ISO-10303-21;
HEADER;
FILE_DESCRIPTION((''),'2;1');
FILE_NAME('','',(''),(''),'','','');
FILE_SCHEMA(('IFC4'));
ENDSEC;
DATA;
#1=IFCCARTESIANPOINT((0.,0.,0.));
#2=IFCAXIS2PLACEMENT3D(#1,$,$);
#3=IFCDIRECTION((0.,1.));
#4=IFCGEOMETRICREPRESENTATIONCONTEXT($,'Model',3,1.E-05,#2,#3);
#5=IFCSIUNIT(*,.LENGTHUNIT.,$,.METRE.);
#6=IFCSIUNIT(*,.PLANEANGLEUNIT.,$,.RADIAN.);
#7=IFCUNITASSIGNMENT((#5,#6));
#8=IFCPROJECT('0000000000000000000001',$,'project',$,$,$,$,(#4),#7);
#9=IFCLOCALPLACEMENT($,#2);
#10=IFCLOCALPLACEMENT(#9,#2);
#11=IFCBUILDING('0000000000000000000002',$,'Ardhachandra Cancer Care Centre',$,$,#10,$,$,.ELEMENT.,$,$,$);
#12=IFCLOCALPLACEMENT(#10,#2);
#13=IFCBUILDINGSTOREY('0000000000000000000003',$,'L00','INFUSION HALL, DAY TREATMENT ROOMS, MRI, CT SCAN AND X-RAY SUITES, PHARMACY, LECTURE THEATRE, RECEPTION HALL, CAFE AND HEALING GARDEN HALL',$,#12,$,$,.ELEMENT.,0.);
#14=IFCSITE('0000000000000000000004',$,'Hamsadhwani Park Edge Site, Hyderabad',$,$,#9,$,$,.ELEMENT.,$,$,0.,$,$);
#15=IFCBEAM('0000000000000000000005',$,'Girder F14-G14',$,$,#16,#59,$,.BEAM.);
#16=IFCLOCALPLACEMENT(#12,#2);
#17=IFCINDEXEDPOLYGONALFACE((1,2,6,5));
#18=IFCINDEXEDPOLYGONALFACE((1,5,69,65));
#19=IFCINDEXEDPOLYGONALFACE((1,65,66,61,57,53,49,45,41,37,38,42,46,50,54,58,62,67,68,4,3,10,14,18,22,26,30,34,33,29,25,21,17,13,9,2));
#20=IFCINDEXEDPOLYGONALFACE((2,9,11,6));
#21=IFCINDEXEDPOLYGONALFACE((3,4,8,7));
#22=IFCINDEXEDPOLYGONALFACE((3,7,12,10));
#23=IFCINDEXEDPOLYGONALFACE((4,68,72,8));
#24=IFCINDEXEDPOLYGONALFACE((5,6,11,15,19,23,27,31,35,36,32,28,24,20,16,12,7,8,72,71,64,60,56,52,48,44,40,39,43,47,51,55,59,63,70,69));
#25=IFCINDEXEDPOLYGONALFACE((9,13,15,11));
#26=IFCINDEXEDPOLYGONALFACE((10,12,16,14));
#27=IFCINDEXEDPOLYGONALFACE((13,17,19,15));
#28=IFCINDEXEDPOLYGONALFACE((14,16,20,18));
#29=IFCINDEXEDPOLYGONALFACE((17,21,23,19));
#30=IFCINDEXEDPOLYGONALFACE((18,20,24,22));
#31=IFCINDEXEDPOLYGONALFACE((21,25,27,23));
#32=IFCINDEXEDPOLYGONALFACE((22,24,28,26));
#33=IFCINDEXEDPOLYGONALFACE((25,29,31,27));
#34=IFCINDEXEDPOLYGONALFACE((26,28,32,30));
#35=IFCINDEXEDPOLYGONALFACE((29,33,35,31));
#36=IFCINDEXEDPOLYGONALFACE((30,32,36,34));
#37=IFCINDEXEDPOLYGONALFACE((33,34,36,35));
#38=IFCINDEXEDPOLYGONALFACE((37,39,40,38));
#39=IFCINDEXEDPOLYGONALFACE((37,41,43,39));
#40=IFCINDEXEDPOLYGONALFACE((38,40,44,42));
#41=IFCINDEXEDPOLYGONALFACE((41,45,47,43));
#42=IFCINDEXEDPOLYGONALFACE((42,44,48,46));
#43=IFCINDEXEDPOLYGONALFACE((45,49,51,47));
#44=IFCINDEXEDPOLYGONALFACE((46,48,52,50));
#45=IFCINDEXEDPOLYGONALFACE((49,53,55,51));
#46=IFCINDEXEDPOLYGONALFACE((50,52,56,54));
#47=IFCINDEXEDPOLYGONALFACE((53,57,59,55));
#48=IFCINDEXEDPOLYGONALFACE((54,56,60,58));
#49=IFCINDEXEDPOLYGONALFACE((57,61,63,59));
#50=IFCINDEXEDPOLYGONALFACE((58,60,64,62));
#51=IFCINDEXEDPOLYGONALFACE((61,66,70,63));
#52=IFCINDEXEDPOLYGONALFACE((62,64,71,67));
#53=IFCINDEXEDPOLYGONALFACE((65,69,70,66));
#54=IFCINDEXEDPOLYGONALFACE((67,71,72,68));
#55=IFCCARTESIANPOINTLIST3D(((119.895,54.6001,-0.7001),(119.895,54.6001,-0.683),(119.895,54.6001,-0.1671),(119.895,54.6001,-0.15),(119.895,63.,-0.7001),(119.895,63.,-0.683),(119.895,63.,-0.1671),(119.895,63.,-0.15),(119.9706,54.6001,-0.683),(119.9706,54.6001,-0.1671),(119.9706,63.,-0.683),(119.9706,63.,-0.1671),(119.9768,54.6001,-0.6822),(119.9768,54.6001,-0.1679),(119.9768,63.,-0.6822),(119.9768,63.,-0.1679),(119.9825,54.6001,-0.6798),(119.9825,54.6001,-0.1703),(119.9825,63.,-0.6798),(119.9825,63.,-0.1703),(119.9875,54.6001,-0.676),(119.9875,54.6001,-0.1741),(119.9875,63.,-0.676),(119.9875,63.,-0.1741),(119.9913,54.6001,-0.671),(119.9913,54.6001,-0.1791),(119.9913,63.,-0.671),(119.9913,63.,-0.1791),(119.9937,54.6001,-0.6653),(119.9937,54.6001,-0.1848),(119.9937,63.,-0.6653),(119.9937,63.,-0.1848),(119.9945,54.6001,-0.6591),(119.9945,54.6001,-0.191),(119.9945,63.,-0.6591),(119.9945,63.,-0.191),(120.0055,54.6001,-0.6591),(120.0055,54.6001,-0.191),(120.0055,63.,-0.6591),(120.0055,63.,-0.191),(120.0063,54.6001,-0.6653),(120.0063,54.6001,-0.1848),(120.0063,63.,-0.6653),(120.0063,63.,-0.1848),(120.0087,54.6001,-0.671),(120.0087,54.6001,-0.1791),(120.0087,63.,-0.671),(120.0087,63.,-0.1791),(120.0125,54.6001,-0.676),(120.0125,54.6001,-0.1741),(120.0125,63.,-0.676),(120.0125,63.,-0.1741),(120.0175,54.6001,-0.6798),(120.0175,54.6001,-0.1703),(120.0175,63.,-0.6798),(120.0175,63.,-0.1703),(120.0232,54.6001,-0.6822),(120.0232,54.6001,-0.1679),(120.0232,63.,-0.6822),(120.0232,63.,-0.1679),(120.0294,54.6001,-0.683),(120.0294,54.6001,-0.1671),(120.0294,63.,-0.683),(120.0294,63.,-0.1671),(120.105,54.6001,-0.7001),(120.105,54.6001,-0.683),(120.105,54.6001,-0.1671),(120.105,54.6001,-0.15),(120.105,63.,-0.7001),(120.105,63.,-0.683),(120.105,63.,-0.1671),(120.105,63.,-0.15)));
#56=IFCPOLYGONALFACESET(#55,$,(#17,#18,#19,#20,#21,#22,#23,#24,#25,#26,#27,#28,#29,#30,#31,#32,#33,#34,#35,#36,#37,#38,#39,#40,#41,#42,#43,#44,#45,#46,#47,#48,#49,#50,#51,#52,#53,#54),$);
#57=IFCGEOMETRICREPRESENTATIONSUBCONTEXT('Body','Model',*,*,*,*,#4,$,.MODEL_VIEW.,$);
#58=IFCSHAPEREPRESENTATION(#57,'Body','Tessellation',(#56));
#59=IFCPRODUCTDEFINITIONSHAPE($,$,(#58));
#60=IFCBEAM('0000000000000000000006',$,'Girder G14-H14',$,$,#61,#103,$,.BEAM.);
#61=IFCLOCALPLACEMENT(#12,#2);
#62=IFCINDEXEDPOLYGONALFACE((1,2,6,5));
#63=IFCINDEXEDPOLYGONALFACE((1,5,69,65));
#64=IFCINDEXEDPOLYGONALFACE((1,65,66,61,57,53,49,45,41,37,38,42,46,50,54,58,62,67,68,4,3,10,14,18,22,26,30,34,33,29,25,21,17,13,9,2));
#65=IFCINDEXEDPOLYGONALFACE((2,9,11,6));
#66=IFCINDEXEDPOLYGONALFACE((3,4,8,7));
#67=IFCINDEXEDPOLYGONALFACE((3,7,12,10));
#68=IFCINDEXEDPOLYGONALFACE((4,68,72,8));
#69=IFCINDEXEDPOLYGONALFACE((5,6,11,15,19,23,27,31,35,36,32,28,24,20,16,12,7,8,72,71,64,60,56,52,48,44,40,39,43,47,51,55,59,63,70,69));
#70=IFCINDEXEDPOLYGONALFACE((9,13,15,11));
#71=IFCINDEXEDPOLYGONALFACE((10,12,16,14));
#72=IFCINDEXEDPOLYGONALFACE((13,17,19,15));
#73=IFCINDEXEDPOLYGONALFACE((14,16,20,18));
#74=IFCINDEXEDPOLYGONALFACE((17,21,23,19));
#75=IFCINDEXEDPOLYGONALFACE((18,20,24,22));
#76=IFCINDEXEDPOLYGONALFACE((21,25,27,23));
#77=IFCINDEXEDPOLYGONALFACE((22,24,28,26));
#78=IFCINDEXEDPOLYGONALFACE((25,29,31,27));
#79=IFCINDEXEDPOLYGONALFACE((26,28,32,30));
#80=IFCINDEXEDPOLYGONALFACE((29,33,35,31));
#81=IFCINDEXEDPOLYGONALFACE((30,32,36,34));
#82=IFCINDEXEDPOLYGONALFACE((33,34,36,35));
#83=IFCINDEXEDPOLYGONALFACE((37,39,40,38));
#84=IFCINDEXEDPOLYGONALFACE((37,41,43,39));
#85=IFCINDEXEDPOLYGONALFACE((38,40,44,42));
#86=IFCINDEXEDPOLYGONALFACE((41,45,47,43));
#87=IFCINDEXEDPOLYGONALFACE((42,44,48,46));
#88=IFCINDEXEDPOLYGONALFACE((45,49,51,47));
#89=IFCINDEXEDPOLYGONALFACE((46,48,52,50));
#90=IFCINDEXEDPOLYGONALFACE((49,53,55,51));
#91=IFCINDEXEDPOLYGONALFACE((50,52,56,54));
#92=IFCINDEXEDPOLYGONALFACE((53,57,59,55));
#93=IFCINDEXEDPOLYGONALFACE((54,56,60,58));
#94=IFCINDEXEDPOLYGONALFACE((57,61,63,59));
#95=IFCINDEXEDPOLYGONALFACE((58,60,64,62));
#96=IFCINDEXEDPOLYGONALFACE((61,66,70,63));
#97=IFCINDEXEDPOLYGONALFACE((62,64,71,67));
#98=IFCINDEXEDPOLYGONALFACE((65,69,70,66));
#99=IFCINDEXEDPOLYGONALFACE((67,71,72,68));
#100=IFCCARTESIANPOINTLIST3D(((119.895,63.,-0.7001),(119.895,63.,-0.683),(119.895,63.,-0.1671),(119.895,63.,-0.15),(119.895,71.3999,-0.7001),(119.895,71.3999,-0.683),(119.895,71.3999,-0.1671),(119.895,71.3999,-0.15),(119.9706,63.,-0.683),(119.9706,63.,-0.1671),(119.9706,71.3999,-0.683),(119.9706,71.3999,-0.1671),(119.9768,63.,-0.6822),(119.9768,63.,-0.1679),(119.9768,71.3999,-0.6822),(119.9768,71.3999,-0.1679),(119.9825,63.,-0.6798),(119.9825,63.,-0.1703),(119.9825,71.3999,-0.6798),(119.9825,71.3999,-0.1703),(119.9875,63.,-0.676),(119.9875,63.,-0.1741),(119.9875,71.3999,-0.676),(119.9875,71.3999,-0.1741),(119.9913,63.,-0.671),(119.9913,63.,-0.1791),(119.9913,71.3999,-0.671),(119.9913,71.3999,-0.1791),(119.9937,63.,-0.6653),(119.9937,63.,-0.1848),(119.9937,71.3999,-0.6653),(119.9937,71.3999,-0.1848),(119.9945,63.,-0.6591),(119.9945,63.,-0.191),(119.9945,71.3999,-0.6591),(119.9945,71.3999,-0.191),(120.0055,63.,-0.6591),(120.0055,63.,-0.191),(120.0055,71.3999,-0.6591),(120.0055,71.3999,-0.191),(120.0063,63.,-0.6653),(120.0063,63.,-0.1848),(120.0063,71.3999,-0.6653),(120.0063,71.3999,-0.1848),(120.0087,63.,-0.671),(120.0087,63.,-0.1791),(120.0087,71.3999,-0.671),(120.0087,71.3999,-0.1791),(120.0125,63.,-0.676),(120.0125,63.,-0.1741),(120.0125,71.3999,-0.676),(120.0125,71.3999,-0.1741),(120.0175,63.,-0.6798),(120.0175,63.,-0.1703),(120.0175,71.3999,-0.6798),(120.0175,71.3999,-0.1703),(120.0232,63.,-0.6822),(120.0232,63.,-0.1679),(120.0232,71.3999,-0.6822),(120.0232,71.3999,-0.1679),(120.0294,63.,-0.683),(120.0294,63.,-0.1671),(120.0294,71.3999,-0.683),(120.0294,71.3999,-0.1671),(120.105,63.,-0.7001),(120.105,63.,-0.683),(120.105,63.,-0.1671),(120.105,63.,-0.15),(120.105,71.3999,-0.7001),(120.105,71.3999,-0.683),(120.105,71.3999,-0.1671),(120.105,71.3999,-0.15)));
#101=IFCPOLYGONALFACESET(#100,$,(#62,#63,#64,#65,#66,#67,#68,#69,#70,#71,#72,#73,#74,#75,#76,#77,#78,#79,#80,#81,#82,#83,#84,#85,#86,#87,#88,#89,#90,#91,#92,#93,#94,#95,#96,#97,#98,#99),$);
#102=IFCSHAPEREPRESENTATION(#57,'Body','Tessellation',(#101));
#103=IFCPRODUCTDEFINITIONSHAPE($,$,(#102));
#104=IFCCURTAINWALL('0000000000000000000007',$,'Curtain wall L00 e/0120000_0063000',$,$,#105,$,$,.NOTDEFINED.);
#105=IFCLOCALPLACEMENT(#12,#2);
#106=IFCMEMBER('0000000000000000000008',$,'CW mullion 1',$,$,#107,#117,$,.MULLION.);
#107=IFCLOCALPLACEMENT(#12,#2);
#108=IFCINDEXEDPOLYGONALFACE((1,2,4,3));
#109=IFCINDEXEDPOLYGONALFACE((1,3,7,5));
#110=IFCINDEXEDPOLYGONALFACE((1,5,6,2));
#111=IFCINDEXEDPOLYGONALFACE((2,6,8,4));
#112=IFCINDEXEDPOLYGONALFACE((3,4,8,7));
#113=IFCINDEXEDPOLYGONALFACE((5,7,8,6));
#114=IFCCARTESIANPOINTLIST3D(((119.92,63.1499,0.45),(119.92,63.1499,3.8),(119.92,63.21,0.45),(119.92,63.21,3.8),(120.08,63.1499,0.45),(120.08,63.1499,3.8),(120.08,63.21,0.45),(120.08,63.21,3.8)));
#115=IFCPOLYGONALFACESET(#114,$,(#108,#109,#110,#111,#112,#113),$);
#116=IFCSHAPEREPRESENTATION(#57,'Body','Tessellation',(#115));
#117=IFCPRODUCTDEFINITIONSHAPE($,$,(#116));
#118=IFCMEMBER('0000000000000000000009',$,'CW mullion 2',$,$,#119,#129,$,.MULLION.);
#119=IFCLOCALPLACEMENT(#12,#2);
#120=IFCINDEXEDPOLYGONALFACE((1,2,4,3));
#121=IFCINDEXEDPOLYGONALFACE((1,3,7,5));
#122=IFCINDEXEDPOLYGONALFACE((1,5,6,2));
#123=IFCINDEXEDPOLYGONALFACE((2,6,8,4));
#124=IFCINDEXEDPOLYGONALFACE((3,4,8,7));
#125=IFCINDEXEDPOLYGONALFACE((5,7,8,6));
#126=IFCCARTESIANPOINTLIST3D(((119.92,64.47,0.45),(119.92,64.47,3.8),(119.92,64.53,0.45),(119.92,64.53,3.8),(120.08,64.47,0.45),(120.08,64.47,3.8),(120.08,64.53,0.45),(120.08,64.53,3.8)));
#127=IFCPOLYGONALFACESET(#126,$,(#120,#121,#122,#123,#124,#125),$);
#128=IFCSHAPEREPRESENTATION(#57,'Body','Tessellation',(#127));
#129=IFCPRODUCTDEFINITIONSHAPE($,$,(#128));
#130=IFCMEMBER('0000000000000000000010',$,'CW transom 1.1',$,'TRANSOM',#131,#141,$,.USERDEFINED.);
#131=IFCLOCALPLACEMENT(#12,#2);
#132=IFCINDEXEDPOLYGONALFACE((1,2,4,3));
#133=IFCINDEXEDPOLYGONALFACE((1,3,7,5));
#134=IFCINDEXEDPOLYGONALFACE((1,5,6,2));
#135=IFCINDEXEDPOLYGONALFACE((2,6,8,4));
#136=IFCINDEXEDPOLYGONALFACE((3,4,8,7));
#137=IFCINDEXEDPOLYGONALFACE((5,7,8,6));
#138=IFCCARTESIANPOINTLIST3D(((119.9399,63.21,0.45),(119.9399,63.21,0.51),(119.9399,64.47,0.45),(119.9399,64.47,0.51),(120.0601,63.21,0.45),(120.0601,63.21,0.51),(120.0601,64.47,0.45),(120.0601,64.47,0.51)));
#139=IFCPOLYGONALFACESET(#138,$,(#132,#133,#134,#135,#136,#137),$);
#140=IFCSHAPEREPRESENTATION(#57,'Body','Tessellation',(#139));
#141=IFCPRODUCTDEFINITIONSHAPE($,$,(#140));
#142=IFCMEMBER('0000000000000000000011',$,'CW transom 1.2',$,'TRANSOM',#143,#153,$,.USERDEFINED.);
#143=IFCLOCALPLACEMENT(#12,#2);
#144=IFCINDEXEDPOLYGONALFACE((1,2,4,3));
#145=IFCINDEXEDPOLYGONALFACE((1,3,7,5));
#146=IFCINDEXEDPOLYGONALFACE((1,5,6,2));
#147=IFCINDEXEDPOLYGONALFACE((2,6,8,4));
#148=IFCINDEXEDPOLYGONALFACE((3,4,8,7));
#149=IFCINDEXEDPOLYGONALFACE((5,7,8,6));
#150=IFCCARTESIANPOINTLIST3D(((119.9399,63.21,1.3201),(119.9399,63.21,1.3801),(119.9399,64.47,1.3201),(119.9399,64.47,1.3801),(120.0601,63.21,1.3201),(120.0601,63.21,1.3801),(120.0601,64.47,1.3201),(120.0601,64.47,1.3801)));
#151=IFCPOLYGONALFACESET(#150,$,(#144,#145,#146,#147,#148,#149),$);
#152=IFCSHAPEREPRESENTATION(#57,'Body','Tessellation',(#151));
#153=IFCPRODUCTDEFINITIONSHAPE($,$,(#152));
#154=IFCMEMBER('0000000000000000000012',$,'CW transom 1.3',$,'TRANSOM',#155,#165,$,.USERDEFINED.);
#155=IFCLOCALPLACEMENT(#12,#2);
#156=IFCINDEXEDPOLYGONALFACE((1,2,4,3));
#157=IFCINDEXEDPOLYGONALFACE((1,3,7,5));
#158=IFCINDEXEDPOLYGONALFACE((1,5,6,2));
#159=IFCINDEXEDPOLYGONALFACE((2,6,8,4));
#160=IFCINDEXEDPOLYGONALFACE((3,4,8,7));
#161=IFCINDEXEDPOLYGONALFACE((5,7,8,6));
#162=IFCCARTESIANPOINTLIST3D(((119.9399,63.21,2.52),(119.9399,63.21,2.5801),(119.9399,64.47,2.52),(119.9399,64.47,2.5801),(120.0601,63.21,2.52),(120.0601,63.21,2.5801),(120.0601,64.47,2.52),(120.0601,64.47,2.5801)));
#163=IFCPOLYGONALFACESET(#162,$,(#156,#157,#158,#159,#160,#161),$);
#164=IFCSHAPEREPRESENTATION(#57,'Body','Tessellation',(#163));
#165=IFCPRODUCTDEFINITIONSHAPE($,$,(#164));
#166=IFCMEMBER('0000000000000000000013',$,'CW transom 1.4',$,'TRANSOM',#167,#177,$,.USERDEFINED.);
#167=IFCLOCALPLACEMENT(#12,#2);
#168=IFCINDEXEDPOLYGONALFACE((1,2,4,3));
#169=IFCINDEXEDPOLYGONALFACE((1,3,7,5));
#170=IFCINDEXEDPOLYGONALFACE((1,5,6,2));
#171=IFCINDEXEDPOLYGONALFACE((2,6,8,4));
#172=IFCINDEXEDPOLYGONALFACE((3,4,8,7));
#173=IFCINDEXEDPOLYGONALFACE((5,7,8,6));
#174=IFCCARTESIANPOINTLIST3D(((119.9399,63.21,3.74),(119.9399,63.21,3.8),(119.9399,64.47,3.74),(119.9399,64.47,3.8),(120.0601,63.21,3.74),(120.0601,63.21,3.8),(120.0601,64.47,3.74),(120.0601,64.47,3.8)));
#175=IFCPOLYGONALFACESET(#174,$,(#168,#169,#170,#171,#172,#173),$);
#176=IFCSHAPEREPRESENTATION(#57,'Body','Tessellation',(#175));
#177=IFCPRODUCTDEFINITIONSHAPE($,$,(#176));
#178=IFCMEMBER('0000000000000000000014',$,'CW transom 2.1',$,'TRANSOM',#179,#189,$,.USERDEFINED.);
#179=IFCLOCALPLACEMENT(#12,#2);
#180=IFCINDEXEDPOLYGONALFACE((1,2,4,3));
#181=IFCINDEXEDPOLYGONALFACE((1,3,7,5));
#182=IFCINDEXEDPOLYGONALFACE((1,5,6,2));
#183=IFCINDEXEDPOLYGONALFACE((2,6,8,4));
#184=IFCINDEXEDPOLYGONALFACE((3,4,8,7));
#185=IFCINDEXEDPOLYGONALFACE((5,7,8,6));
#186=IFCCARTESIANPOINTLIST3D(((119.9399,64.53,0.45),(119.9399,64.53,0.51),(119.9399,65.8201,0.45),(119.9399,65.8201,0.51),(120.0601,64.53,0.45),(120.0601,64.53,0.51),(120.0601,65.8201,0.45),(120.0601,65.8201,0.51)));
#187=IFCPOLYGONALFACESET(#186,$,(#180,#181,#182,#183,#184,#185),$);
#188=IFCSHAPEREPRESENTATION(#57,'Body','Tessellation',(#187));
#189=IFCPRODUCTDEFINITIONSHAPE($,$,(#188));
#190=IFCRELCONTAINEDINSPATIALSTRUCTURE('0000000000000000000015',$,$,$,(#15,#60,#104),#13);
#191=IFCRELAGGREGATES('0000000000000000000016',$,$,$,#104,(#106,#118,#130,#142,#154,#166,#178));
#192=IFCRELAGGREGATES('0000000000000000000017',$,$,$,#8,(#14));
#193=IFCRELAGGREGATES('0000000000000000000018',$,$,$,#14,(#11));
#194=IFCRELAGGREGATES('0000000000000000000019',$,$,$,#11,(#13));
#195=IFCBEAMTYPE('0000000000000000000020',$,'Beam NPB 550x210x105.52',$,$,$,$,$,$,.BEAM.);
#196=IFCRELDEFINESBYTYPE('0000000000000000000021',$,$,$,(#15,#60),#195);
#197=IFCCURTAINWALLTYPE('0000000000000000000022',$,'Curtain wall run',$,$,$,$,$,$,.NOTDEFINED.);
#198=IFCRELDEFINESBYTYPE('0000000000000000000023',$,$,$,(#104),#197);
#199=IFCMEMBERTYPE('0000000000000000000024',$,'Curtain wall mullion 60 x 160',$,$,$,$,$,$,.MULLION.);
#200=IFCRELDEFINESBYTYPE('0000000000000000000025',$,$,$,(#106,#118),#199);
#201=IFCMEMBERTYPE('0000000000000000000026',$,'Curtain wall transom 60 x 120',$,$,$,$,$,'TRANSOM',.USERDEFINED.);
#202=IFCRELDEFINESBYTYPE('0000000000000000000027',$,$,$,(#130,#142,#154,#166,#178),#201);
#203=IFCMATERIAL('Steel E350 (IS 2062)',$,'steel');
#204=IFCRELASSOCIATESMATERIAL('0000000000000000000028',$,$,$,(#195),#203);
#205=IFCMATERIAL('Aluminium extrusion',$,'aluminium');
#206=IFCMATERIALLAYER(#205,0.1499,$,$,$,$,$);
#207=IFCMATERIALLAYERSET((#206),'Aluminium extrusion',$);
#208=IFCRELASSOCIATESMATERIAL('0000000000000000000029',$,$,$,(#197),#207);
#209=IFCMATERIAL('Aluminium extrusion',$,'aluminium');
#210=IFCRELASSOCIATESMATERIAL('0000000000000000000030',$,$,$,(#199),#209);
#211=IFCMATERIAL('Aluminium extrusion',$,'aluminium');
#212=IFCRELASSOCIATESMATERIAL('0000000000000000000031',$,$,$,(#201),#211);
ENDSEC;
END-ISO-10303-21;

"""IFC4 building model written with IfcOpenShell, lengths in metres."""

from ifc_helpers import new_model, si_unit, direction, frame, origin, origin_2d, place, context, subcontext, project, spatial, rectangle, i_section, extrude, material, layer, layer_set, material_profile, profile_set, type_object, element, aggregate, save


model = new_model("IFC4")

# Units and contexts
model_context = context("Model", 3, precision=1e-05, world=origin(), true_north=direction((0.0, 1.0)))
body_context = subcontext(model_context, "Body", "Model", "MODEL_VIEW")
ifc_project = project(units=[si_unit("LENGTHUNIT", "METRE"), si_unit("PLANEANGLEUNIT", "RADIAN")], contexts=[model_context])

# Site, building, storey
site_placement = place(None, origin())
site = spatial("IfcSite", under=ifc_project, at=site_placement, Name="Hamsadhwani Park Edge Site, Hyderabad", CompositionType="ELEMENT", RefElevation=0.0)
building_placement = place(site_placement, origin())
building = spatial("IfcBuilding", under=site, at=building_placement, Name="Ardhachandra Cancer Care Centre", CompositionType="ELEMENT")
storey_placement = place(building_placement, origin())
storey = spatial("IfcBuildingStorey", under=building, at=storey_placement, Name="L00", Description="INFUSION HALL, DAY TREATMENT ROOMS, MRI, CT SCAN AND X-RAY SUITES, PHARMACY, LECTURE THEATRE, RECEPTION HALL, CAFE AND HEALING GARDEN HALL", CompositionType="ELEMENT", Elevation=0.0)

# Beams
ifc_material_1 = material(Name="Steel E350 (IS 2062)", Category="steel")
ifc_material_profile_1 = material_profile(ifc_material_1, i_section(OverallWidth=0.21, OverallDepth=0.55, WebThickness=0.011, FlangeThickness=0.0171, FilletRadius=0.0239, at=origin_2d()), Name="NPB 550x210x105.52")
ifc_profile_set_1 = profile_set([ifc_material_profile_1], Name="Steel E350 (IS 2062)")
beam_type_1 = type_object("IfcBeamType", Name="Beam NPB 550x210x105.52", PredefinedType="BEAM", material=ifc_profile_set_1)
for number, where, z_axis, x_axis, name in (
    (1, (120.0, 54.6001, -0.425), (0.0, 1.0, 0.0), (-1.0, 0.0, 0.0), "Girder F14-G14"),
    (2, (120.0, 63.0, -0.425), (0.0, 1.0, 0.0), (-1.0, 0.0, 0.0), "Girder G14-H14"),
):
    element("IfcBeam", number, at=place(storey_placement, frame(where, z_axis=z_axis, x_axis=x_axis)), inside=storey, type_object=beam_type_1, Name=name, PredefinedType="BEAM", context=body_context, shape_type="SweptSolid", body=[
        extrude(i_section(OverallWidth=0.21, OverallDepth=0.55, WebThickness=0.011, FlangeThickness=0.0171, FilletRadius=0.0239, at=origin_2d()), origin(), (0.0, 0.0, 1.0), 8.3999),
    ])

# Curtain wall, members
ifc_material_2 = material(Name="Aluminium extrusion", Category="aluminium")
ifc_layer_1 = layer(ifc_material_2, 0.1499)
ifc_layer_set_1 = layer_set([ifc_layer_1], Name="Aluminium extrusion")
curtain_wall_type = type_object("IfcCurtainWallType", Name="Curtain wall run", PredefinedType="NOTDEFINED", material=ifc_layer_set_1)
curtain_wall_placement = place(storey_placement, origin())
curtain_wall = element("IfcCurtainWall", 3, at=curtain_wall_placement, inside=storey, type_object=curtain_wall_type, Name="Curtain wall L00 e/0120000_0063000", PredefinedType="NOTDEFINED")
ifc_material_3 = material(Name="Aluminium extrusion", Category="aluminium")
ifc_material_profile_2 = material_profile(ifc_material_3, rectangle(XDim=0.1599, YDim=0.0601, at=origin_2d()), Name="Curtain wall mullion 60 x 160")
ifc_profile_set_2 = profile_set([ifc_material_profile_2], Name="Aluminium extrusion")
member_type_1 = type_object("IfcMemberType", Name="Curtain wall mullion 60 x 160", PredefinedType="MULLION", material=ifc_profile_set_2)
member_1_placement = place(storey_placement, frame((120.0, 63.1799, 0.45), z_axis=(0.0, 0.0, 1.0), x_axis=(-1.0, 0.0, 0.0)))
member_1 = element("IfcMember", 4, at=member_1_placement, type_object=member_type_1, Name="CW mullion 1", PredefinedType="MULLION", context=body_context, shape_type="SweptSolid", body=[
    extrude(rectangle(XDim=0.1599, YDim=0.0601, at=origin_2d()), origin(), (0.0, 0.0, 1.0), 3.3501),
])
member_2_placement = place(storey_placement, frame((120.0, 64.5, 0.45), z_axis=(0.0, 0.0, 1.0), x_axis=(-1.0, 0.0, 0.0)))
member_2 = element("IfcMember", 5, at=member_2_placement, type_object=member_type_1, Name="CW mullion 2", PredefinedType="MULLION", context=body_context, shape_type="SweptSolid", body=[
    extrude(rectangle(XDim=0.1599, YDim=0.0601, at=origin_2d()), origin(), (0.0, 0.0, 1.0), 3.3501),
])
ifc_material_4 = material(Name="Aluminium extrusion", Category="aluminium")
ifc_material_profile_3 = material_profile(ifc_material_4, rectangle(XDim=0.1201, YDim=0.0601, at=origin_2d()), Name="Curtain wall transom 60 x 120")
ifc_profile_set_3 = profile_set([ifc_material_profile_3], Name="Aluminium extrusion")
member_type_2 = type_object("IfcMemberType", Name="Curtain wall transom 60 x 120", ElementType="TRANSOM", PredefinedType="USERDEFINED", material=ifc_profile_set_3)
member_3_placement = place(storey_placement, frame((120.0, 63.21, 0.48), z_axis=(0.0, 1.0, 0.0), x_axis=(-1.0, 0.0, 0.0)))
member_3 = element("IfcMember", 6, at=member_3_placement, type_object=member_type_2, Name="CW transom 1.1", ObjectType="TRANSOM", PredefinedType="USERDEFINED", context=body_context, shape_type="SweptSolid", body=[
    extrude(rectangle(XDim=0.1201, YDim=0.0601, at=origin_2d()), origin(), (0.0, 0.0, 1.0), 1.26),
])
member_4_placement = place(storey_placement, frame((120.0, 63.21, 1.3501), z_axis=(0.0, 1.0, 0.0), x_axis=(-1.0, 0.0, 0.0)))
member_4 = element("IfcMember", 7, at=member_4_placement, type_object=member_type_2, Name="CW transom 1.2", ObjectType="TRANSOM", PredefinedType="USERDEFINED", context=body_context, shape_type="SweptSolid", body=[
    extrude(rectangle(XDim=0.1201, YDim=0.0601, at=origin_2d()), origin(), (0.0, 0.0, 1.0), 1.26),
])
member_5_placement = place(storey_placement, frame((120.0, 63.21, 2.55), z_axis=(0.0, 1.0, 0.0), x_axis=(-1.0, 0.0, 0.0)))
member_5 = element("IfcMember", 8, at=member_5_placement, type_object=member_type_2, Name="CW transom 1.3", ObjectType="TRANSOM", PredefinedType="USERDEFINED", context=body_context, shape_type="SweptSolid", body=[
    extrude(rectangle(XDim=0.1201, YDim=0.0601, at=origin_2d()), origin(), (0.0, 0.0, 1.0), 1.26),
])
member_6_placement = place(storey_placement, frame((120.0, 63.21, 3.77), z_axis=(0.0, 1.0, 0.0), x_axis=(-1.0, 0.0, 0.0)))
member_6 = element("IfcMember", 9, at=member_6_placement, type_object=member_type_2, Name="CW transom 1.4", ObjectType="TRANSOM", PredefinedType="USERDEFINED", context=body_context, shape_type="SweptSolid", body=[
    extrude(rectangle(XDim=0.1201, YDim=0.0601, at=origin_2d()), origin(), (0.0, 0.0, 1.0), 1.26),
])
member_7_placement = place(storey_placement, frame((120.0, 64.53, 0.48), z_axis=(0.0, 1.0, 0.0), x_axis=(-1.0, 0.0, 0.0)))
member_7 = element("IfcMember", 10, at=member_7_placement, type_object=member_type_2, Name="CW transom 2.1", ObjectType="TRANSOM", PredefinedType="USERDEFINED", context=body_context, shape_type="SweptSolid", body=[
    extrude(rectangle(XDim=0.1201, YDim=0.0601, at=origin_2d()), origin(), (0.0, 0.0, 1.0), 1.29),
])
aggregate(curtain_wall, [member_1, member_2, member_3, member_4, member_5, member_6, member_7])

save(model, "model.ifc")
